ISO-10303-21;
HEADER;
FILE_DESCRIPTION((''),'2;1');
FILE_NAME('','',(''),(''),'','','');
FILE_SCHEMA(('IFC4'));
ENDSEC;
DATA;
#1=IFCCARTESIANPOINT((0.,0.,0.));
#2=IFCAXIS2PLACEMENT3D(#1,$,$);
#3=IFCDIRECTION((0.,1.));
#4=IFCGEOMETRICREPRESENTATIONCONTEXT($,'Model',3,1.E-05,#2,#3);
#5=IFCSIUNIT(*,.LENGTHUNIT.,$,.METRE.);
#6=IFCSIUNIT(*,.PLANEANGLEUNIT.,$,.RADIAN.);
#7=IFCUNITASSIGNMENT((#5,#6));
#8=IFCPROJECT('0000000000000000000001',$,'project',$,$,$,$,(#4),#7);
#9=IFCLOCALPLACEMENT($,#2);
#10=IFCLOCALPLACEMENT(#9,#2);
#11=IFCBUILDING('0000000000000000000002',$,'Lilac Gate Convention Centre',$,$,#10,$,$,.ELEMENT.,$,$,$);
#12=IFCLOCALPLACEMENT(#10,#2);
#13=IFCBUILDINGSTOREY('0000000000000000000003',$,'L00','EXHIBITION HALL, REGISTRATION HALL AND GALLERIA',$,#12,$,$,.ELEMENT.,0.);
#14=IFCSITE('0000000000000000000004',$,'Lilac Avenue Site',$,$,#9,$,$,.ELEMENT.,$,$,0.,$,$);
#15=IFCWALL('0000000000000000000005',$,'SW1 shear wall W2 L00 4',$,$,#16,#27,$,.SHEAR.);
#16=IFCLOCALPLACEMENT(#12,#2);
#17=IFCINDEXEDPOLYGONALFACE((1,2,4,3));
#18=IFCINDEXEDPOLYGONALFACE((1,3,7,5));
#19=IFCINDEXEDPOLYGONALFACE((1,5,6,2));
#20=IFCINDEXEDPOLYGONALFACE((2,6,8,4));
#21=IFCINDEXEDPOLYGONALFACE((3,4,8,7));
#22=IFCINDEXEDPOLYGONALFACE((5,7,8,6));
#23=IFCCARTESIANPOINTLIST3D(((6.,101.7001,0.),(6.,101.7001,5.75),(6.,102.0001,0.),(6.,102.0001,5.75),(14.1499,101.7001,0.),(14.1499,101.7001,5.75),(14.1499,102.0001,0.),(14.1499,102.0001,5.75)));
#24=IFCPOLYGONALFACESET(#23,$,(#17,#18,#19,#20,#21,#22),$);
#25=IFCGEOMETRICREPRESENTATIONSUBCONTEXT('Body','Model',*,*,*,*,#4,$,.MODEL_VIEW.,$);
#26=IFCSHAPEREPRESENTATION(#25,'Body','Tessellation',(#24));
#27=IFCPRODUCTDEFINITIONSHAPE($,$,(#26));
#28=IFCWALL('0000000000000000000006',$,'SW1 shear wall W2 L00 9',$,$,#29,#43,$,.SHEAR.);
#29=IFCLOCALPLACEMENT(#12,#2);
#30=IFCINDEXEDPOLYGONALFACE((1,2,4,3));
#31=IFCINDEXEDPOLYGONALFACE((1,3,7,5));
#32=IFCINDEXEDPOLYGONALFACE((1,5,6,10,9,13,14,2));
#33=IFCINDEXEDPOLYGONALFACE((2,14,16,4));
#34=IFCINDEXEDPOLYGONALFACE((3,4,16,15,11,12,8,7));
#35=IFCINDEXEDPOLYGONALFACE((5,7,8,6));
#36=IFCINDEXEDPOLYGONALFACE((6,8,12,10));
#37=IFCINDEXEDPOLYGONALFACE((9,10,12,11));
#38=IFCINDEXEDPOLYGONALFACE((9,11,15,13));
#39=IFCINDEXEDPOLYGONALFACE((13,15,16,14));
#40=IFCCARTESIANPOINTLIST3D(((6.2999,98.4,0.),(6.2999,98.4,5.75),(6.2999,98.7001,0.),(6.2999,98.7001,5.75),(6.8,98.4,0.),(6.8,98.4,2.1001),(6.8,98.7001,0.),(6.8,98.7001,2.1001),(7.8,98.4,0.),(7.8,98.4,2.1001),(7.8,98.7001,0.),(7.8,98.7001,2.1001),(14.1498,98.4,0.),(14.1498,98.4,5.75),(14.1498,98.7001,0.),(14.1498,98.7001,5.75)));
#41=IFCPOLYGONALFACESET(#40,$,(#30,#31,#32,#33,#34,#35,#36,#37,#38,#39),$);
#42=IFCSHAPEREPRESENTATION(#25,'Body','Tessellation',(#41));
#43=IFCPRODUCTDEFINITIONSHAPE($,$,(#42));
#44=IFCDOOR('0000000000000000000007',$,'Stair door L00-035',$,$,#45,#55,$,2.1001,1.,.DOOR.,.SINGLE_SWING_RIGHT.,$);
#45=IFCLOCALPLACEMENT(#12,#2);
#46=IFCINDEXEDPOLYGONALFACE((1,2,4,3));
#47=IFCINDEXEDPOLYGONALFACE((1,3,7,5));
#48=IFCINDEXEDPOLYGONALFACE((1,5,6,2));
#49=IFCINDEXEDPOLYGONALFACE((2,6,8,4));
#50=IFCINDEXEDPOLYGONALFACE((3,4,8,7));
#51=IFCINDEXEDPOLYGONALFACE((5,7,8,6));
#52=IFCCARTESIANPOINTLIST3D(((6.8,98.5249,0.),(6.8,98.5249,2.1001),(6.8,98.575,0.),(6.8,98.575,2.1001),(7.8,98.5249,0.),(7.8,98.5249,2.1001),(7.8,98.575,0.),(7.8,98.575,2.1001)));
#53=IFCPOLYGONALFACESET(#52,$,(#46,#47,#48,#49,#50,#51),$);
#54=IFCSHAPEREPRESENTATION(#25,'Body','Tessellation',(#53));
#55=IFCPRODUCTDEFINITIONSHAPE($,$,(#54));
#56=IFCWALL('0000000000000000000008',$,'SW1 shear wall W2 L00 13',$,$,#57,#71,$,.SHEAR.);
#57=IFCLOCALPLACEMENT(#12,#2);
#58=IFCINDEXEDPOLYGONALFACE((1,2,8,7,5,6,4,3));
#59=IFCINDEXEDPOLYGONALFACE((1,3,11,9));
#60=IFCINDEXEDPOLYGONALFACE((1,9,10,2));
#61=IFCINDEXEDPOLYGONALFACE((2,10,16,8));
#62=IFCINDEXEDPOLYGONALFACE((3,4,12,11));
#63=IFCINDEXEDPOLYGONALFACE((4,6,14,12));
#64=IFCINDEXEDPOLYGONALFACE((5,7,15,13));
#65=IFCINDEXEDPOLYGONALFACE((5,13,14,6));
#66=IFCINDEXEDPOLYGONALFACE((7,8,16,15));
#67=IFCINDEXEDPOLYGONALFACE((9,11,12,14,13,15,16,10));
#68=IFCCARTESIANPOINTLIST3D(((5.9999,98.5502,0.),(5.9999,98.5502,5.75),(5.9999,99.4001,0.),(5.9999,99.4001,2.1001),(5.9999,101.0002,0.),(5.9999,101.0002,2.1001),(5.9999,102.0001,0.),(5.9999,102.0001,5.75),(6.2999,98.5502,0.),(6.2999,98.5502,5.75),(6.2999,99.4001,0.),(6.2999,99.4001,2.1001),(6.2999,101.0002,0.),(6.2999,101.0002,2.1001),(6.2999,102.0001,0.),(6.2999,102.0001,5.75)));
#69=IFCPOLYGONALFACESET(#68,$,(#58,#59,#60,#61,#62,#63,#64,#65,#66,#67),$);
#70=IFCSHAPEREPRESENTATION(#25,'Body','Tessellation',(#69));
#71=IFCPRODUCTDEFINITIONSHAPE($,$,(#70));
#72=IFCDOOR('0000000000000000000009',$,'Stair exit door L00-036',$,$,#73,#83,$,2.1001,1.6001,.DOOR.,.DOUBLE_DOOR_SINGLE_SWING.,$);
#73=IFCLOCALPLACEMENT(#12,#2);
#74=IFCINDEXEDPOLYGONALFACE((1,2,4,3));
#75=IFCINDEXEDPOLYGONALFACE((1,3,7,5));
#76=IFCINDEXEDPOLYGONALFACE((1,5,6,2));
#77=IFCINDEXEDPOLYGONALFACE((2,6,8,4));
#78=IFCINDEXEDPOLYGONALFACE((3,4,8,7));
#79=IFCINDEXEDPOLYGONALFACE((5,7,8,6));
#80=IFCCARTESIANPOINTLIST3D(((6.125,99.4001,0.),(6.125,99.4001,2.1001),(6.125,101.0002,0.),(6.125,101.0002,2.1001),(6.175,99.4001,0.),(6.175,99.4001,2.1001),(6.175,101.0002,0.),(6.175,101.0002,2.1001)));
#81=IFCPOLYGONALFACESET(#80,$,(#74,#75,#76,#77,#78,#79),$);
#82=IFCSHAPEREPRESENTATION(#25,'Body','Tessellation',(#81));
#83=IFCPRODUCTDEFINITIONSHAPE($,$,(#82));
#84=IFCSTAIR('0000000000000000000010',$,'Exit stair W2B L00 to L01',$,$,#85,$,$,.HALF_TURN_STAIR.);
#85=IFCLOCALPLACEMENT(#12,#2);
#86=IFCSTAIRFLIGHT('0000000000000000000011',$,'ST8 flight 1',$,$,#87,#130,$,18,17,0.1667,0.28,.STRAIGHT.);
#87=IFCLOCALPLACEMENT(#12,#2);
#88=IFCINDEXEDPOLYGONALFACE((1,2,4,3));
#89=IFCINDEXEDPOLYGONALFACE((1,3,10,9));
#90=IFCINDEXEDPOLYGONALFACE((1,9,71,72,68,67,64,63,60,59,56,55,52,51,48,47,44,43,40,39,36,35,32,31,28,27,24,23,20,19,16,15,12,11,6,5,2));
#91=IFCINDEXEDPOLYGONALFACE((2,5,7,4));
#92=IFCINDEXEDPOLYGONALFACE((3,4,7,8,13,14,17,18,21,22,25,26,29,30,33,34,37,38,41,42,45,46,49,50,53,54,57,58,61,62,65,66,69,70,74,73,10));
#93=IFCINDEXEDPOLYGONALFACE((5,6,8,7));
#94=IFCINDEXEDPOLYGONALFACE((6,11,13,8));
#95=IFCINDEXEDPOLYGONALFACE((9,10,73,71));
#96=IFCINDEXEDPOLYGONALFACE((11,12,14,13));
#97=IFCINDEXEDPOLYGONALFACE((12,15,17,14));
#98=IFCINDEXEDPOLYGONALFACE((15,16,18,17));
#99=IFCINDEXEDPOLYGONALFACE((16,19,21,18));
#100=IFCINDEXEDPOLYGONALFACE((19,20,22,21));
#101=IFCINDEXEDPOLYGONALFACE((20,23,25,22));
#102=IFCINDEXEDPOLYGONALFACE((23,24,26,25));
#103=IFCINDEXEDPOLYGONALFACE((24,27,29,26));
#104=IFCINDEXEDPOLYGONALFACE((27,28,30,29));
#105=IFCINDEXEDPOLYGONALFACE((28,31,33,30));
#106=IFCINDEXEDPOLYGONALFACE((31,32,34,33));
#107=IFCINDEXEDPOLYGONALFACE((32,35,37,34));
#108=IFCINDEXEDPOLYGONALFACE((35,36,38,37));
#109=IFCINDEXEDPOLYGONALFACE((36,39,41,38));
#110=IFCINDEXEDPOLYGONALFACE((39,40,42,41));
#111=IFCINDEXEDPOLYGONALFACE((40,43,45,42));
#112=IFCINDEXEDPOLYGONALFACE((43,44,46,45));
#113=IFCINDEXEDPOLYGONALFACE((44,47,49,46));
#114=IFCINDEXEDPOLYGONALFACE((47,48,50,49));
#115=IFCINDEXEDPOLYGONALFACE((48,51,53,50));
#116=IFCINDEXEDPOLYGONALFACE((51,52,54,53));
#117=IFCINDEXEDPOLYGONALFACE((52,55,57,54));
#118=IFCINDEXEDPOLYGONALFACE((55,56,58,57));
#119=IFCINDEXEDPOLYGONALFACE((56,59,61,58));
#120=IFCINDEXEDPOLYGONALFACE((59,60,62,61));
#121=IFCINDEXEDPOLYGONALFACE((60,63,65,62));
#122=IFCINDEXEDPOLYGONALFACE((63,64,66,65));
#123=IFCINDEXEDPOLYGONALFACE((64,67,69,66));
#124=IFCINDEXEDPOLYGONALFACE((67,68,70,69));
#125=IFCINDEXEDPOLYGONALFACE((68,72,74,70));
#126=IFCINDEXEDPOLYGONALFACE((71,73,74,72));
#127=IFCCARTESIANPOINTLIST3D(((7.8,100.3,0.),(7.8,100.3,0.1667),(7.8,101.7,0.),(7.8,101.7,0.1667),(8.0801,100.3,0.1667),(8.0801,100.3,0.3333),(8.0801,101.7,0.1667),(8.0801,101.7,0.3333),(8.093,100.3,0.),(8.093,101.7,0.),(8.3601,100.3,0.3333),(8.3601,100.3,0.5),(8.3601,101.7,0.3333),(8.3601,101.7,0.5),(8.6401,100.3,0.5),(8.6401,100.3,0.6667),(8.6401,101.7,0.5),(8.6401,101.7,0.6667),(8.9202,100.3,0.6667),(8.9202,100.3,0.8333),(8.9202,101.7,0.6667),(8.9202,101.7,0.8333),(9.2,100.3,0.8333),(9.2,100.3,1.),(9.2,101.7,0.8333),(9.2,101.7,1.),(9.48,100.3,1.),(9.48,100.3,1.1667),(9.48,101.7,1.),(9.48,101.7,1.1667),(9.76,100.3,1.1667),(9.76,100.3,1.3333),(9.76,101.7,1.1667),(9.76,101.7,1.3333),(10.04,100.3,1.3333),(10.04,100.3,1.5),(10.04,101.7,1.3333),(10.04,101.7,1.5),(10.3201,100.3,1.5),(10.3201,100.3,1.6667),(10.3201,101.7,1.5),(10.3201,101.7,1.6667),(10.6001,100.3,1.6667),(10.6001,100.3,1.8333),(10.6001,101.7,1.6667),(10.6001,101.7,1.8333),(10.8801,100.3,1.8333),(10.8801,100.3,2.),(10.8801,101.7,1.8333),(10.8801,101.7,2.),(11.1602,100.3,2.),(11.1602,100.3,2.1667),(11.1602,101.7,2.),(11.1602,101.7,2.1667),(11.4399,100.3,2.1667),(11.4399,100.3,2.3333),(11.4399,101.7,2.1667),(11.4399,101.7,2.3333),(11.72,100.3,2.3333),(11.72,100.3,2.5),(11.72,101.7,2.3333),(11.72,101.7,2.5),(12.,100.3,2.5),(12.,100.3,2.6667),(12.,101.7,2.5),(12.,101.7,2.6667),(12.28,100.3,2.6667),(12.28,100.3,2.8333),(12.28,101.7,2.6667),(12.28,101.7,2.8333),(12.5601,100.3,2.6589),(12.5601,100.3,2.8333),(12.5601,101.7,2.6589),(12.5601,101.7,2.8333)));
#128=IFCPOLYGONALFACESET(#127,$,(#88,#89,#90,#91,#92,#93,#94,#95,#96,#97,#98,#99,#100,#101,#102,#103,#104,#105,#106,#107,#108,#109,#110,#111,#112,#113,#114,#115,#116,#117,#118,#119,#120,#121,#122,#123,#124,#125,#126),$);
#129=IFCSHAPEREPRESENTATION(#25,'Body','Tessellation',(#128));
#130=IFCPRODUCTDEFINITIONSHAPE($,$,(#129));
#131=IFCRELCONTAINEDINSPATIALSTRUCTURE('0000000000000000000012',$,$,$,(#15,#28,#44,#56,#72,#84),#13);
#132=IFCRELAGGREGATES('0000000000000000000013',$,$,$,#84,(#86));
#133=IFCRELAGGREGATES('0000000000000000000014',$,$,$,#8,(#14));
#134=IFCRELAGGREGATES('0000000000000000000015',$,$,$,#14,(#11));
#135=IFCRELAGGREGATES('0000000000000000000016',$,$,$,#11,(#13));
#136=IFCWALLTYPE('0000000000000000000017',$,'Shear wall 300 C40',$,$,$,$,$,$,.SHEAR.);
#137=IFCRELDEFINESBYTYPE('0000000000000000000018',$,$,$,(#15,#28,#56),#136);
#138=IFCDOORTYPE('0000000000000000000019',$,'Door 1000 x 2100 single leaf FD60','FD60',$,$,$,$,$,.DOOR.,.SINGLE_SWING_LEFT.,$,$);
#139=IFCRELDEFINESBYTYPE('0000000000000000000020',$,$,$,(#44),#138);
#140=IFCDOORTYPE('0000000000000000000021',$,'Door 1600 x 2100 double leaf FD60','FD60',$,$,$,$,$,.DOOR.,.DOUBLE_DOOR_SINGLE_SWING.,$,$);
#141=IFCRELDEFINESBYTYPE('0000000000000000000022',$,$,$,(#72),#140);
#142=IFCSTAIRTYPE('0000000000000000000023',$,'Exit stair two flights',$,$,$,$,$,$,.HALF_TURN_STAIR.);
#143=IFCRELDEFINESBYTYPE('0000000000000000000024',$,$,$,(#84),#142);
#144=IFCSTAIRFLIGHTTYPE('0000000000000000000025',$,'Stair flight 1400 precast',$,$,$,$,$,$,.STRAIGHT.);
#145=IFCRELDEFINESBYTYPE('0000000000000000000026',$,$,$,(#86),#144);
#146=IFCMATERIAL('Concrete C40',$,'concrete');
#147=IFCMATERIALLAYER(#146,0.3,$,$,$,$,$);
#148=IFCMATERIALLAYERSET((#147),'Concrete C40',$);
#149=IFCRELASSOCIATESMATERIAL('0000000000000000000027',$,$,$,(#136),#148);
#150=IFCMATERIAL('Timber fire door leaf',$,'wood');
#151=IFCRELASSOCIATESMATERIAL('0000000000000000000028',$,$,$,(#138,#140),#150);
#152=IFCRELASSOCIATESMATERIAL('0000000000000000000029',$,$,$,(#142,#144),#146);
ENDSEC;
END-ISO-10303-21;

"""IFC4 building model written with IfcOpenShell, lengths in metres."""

from ifc_helpers import new_model, si_unit, direction, frame, frame_2d, origin, place, context, subcontext, project, spatial, polyline, rectangle, outline, extrude, material, layer, layer_set, type_object, element, fill, aggregate, save


model = new_model("IFC4")

# Units and contexts
model_context = context("Model", 3, precision=1e-05, world=origin(), true_north=direction((0.0, 1.0)))
body_context = subcontext(model_context, "Body", "Model", "MODEL_VIEW")
ifc_project = project(units=[si_unit("LENGTHUNIT", "METRE"), si_unit("PLANEANGLEUNIT", "RADIAN")], contexts=[model_context])

# Site, building, storey
site_placement = place(None, origin())
site = spatial("IfcSite", under=ifc_project, at=site_placement, Name="Lilac Avenue Site", CompositionType="ELEMENT", RefElevation=0.0)
building_placement = place(site_placement, origin())
building = spatial("IfcBuilding", under=site, at=building_placement, Name="Lilac Gate Convention Centre", CompositionType="ELEMENT")
storey_placement = place(building_placement, origin())
storey = spatial("IfcBuildingStorey", under=building, at=storey_placement, Name="L00", Description="EXHIBITION HALL, REGISTRATION HALL AND GALLERIA", CompositionType="ELEMENT", Elevation=0.0)

# Shared definitions
ifc_material_1 = material(Name="Concrete C40", Category="concrete")

# Shared definitions
ifc_material_2 = material(Name="Timber fire door leaf", Category="wood")

# Shared definitions
ifc_layer_1 = layer(ifc_material_1, 0.3)
ifc_layer_set_1 = layer_set([ifc_layer_1], Name="Concrete C40")
wall_type_1 = type_object("IfcWallType", Name="Shear wall 300 C40", PredefinedType="SHEAR", material=ifc_layer_set_1)

# Shared definitions
door_type_1 = type_object("IfcDoorType", Name="Door 1000 x 2100 single leaf FD60", Description="FD60", OperationType="SINGLE_SWING_LEFT", PredefinedType="DOOR", material=ifc_material_2)
door_type_2 = type_object("IfcDoorType", Name="Door 1600 x 2100 double leaf FD60", Description="FD60", OperationType="DOUBLE_DOOR_SINGLE_SWING", PredefinedType="DOOR", material=ifc_material_2)

# Wall
wall_1_placement = place(storey_placement, frame((6.0, 101.8501, 0.0), z_axis=(0.0, 0.0, 1.0), x_axis=(1.0, 0.0, 0.0)))
element("IfcWall", 1, at=wall_1_placement, inside=storey, type_object=wall_type_1, Name="SW1 shear wall W2 L00 4", PredefinedType="SHEAR", context=body_context, shape_type="SweptSolid", body=[
    extrude(rectangle(XDim=8.1499, YDim=0.3, at=frame_2d((4.075, 0.0))), origin(), (0.0, 0.0, 1.0), 5.75),
])

# Walls, openings, doors
wall_2_placement = place(storey_placement, frame((6.3, 98.55, 0.0), z_axis=(0.0, 0.0, 1.0), x_axis=(1.0, 0.0, 0.0)))
wall_2 = element("IfcWall", 2, at=wall_2_placement, inside=storey, type_object=wall_type_1, Name="SW1 shear wall W2 L00 9", PredefinedType="SHEAR", context=body_context, shape_type="SweptSolid", body=[
    extrude(rectangle(XDim=7.8499, YDim=0.3, at=frame_2d((3.9248, 0.0))), origin(), (0.0, 0.0, 1.0), 5.75),
])
opening_1_placement = place(wall_2_placement, frame((0.5, 0.0, 0.0)))
opening_1 = element("IfcOpeningElement", 3, at=opening_1_placement, cuts=wall_2, PredefinedType="OPENING", context=body_context, shape_type="SweptSolid", body=[
    extrude(rectangle(XDim=1.0, YDim=2.1001, at=frame_2d((0.5, 1.05))), frame((0.0, 0.1599, 0.0), z_axis=(0.0, -1.0, 0.0), x_axis=(1.0, 0.0, 0.0)), (0.0, 0.0, 1.0), 0.3201),
])
door_1_placement = place(opening_1_placement, origin())
door_1 = element("IfcDoor", 4, at=door_1_placement, inside=storey, type_object=door_type_1, Name="Stair door L00-035", OperationType="SINGLE_SWING_RIGHT", OverallHeight=2.1001, OverallWidth=1.0, PredefinedType="DOOR", context=body_context, shape_type="SweptSolid", body=[
    extrude(rectangle(XDim=1.0, YDim=2.1001, at=frame_2d((0.5, 1.05))), frame((0.0, 0.0249, 0.0), z_axis=(0.0, -1.0, 0.0), x_axis=(1.0, 0.0, 0.0)), (0.0, 0.0, 1.0), 0.05),
])
fill(opening_1, door_1)
wall_3_placement = place(storey_placement, frame((6.1499, 98.55, 0.0), z_axis=(0.0, 0.0, 1.0), x_axis=(0.0, 1.0, 0.0)))
wall_3 = element("IfcWall", 5, at=wall_3_placement, inside=storey, type_object=wall_type_1, Name="SW1 shear wall W2 L00 13", PredefinedType="SHEAR", context=body_context, shape_type="SweptSolid", body=[
    extrude(rectangle(XDim=3.45, YDim=0.3, at=frame_2d((1.7251, 0.0))), origin(), (0.0, 0.0, 1.0), 5.75),
])
opening_2_placement = place(wall_3_placement, frame((0.8501, 0.0, 0.0)))
opening_2 = element("IfcOpeningElement", 6, at=opening_2_placement, cuts=wall_3, PredefinedType="OPENING", context=body_context, shape_type="SweptSolid", body=[
    extrude(rectangle(XDim=1.6001, YDim=2.1001, at=frame_2d((0.8, 1.05))), frame((0.0, 0.1599, 0.0), z_axis=(0.0, -1.0, 0.0), x_axis=(1.0, 0.0, 0.0)), (0.0, 0.0, 1.0), 0.3201),
])
door_2_placement = place(opening_2_placement, origin())
door_2 = element("IfcDoor", 7, at=door_2_placement, inside=storey, type_object=door_type_2, Name="Stair exit door L00-036", OperationType="DOUBLE_DOOR_SINGLE_SWING", OverallHeight=2.1001, OverallWidth=1.6001, PredefinedType="DOOR", context=body_context, shape_type="SweptSolid", body=[
    extrude(rectangle(XDim=1.6001, YDim=2.1001, at=frame_2d((0.8, 1.05))), frame((0.0, 0.0249, 0.0), z_axis=(0.0, -1.0, 0.0), x_axis=(1.0, 0.0, 0.0)), (0.0, 0.0, 1.0), 0.05),
])
fill(opening_2, door_2)

# Stair, stair flight
stair_type = type_object("IfcStairType", Name="Exit stair two flights", PredefinedType="HALF_TURN_STAIR", material=ifc_material_1)
stair_placement = place(storey_placement, origin())
stair = element("IfcStair", 8, at=stair_placement, inside=storey, type_object=stair_type, Name="Exit stair W2B L00 to L01", PredefinedType="HALF_TURN_STAIR")
stair_flight_type = type_object("IfcStairFlightType", Name="Stair flight 1400 precast", PredefinedType="STRAIGHT", material=ifc_material_1)
stair_flight_placement = place(storey_placement, frame((7.8, 101.0, 0.0), z_axis=(0.0, 0.0, 1.0), x_axis=(1.0, 0.0, 0.0)))
stair_flight = element("IfcStairFlight", 9, at=stair_flight_placement, type_object=stair_flight_type, Name="ST8 flight 1", NumberOfRisers=18, NumberOfTreads=17, PredefinedType="STRAIGHT", RiserHeight=0.1667, TreadLength=0.28, context=body_context, shape_type="SweptSolid", body=[
    extrude(outline(polyline([(0.0, 0.0), (0.0, 0.1667), (0.28, 0.1667), (0.28, 0.3333), (0.5601, 0.3333), (0.5601, 0.5), (0.8401, 0.5), (0.8401, 0.6667), (1.1201, 0.6667), (1.1201, 0.8333), (1.3999, 0.8333), (1.3999, 1.0), (1.6799, 1.0), (1.6799, 1.1667), (1.96, 1.1667), (1.96, 1.3333), (2.24, 1.3333), (2.24, 1.5), (2.52, 1.5), (2.52, 1.6667), (2.8, 1.6667), (2.8, 1.8333), (3.0801, 1.8333), (3.0801, 2.0), (3.3601, 2.0), (3.3601, 2.1667), (3.6399, 2.1667), (3.6399, 2.3333), (3.9199, 2.3333), (3.9199, 2.5), (4.2, 2.5), (4.2, 2.6667), (4.48, 2.6667), (4.48, 2.8333), (4.76, 2.8333), (4.76, 3.0), (4.76, 2.6589), (0.293, 0.0), (0.0, 0.0)])), frame((0.0, 0.7, 0.0), z_axis=(0.0, -1.0, 0.0), x_axis=(1.0, 0.0, 0.0)), (0.0, 0.0, 1.0), 1.3999),
])
aggregate(stair, [stair_flight])

save(model, "model.ifc")
